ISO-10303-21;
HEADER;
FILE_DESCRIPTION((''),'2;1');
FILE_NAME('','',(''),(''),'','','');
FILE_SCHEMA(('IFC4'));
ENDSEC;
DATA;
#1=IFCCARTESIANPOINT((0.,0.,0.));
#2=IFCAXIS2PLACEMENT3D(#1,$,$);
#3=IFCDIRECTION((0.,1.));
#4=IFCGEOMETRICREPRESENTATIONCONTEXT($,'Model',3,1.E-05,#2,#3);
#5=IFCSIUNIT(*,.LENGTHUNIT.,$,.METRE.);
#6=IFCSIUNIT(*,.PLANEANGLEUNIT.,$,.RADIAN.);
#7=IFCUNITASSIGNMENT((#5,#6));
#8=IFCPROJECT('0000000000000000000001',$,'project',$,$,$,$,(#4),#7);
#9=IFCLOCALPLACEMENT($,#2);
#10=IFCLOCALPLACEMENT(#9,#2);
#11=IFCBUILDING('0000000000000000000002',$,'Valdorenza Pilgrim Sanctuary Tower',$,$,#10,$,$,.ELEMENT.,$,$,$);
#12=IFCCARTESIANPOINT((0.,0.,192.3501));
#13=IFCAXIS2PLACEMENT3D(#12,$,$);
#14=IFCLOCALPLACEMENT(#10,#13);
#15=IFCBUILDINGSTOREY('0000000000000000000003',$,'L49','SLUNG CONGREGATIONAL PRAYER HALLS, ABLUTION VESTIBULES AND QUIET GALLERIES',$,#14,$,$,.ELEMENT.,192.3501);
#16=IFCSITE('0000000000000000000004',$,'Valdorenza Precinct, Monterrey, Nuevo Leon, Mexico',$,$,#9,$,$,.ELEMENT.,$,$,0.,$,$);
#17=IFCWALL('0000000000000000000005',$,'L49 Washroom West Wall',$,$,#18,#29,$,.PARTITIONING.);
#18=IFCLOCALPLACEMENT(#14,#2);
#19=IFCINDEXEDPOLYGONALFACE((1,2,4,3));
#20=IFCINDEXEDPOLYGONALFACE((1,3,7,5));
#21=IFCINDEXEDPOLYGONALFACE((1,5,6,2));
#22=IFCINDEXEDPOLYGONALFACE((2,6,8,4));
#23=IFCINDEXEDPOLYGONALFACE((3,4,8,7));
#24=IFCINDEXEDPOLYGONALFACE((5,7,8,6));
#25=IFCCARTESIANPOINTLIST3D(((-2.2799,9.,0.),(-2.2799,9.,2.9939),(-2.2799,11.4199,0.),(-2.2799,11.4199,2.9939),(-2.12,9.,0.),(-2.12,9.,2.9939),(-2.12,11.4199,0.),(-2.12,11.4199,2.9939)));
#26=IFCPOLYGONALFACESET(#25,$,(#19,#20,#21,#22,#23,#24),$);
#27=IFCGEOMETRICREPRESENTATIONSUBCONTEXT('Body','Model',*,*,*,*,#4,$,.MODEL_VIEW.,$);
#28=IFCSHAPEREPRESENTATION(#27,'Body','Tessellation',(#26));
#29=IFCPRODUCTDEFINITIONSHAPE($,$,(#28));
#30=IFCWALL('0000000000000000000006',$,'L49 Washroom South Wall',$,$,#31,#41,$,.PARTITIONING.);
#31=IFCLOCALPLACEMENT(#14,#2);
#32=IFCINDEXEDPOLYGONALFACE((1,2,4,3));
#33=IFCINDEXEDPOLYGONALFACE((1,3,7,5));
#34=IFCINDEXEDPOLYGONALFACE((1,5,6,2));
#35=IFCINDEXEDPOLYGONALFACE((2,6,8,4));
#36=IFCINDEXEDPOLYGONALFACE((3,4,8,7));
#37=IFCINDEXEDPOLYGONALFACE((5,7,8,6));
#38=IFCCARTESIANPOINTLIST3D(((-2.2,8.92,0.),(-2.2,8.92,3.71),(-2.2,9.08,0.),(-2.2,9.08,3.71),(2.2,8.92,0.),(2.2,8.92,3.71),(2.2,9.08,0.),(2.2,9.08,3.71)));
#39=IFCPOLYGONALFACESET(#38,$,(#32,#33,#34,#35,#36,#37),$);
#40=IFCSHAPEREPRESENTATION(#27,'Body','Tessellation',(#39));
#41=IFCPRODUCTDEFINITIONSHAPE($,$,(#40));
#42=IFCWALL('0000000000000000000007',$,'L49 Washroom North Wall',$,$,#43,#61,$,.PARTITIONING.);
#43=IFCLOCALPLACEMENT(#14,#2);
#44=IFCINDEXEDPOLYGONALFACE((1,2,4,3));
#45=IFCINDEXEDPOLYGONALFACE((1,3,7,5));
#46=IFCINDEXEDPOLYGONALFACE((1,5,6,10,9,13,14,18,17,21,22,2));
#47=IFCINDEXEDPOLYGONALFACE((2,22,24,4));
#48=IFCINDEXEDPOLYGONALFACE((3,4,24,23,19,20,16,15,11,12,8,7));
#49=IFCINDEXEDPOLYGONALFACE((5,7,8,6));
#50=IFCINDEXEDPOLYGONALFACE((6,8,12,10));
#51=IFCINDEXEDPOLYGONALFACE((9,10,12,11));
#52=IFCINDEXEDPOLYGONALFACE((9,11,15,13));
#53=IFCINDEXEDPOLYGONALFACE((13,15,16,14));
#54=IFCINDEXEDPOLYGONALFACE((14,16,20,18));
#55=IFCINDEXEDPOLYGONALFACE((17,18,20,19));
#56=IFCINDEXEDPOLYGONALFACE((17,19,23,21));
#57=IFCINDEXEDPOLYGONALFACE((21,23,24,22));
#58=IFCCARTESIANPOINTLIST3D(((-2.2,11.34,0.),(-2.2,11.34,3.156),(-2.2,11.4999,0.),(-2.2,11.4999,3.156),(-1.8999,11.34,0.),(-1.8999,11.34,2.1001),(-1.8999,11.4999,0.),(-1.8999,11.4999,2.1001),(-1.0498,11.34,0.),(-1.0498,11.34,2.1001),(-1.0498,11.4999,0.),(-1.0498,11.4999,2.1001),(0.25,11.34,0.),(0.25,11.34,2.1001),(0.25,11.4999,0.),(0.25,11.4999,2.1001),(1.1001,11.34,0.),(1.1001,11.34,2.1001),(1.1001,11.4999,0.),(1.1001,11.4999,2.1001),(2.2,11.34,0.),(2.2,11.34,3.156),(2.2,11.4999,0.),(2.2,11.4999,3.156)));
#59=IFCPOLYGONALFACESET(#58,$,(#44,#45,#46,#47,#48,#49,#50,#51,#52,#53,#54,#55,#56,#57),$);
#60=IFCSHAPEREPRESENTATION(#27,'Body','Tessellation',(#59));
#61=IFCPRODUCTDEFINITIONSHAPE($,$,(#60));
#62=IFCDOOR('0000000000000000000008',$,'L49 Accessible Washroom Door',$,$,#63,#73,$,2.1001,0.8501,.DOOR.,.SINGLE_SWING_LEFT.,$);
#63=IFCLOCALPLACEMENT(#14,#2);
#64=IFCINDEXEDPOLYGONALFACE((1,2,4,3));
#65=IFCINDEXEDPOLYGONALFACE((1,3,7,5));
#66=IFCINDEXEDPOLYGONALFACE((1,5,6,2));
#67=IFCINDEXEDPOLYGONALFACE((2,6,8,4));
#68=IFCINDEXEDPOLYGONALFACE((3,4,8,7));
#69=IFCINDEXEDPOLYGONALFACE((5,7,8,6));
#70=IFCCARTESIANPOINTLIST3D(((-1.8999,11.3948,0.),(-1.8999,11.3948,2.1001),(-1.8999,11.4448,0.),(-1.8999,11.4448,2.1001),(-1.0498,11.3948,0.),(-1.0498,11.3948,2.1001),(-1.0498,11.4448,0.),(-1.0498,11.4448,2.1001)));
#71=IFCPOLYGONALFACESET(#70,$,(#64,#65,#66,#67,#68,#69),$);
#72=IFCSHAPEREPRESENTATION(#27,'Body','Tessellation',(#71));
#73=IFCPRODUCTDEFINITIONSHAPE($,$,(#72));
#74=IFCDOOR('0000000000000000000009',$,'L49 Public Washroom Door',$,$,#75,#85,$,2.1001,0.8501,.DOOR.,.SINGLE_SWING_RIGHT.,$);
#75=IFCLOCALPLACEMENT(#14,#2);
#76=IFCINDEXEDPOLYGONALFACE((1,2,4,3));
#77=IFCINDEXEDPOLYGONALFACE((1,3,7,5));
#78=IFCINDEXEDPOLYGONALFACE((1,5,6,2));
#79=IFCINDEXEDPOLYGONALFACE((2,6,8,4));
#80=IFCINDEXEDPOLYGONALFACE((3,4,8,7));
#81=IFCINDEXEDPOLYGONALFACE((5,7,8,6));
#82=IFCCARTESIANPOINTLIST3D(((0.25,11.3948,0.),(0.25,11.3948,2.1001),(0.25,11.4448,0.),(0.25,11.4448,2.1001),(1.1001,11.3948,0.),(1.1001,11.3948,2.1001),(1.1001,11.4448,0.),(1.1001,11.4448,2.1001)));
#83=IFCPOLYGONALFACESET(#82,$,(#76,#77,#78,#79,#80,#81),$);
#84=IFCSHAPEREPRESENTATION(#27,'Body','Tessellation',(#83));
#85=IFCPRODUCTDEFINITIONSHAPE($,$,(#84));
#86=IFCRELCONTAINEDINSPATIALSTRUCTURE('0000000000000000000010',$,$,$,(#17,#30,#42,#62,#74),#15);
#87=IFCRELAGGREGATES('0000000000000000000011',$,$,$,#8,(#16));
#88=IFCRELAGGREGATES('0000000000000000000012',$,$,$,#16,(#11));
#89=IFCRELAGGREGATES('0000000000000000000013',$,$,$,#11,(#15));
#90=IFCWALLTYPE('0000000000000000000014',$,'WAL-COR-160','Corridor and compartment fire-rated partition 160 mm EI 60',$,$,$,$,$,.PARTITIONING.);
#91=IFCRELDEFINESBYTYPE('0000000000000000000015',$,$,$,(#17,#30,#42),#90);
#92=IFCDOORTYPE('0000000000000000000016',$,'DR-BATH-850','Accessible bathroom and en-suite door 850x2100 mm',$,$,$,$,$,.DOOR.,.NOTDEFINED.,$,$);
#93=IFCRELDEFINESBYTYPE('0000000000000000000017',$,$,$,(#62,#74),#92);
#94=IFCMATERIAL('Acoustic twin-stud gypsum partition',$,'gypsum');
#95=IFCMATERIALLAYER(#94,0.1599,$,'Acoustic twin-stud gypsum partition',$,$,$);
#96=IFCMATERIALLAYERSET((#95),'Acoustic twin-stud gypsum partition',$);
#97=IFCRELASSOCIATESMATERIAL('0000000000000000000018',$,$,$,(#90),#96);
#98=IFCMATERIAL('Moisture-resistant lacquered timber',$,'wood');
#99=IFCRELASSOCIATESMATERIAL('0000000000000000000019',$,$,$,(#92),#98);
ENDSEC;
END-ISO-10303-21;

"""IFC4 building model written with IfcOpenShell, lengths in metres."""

from ifc_helpers import new_model, si_unit, direction, frame, frame_2d, origin, place, context, subcontext, project, spatial, rectangle, extrude, material, layer, layer_set, type_object, element, fill, save


model = new_model("IFC4")

# Units and contexts
model_context = context("Model", 3, precision=1e-05, world=origin(), true_north=direction((0.0, 1.0)))
body_context = subcontext(model_context, "Body", "Model", "MODEL_VIEW")
ifc_project = project(units=[si_unit("LENGTHUNIT", "METRE"), si_unit("PLANEANGLEUNIT", "RADIAN")], contexts=[model_context])

# Site, building, storey
site_placement = place(None, origin())
site = spatial("IfcSite", under=ifc_project, at=site_placement, Name="Valdorenza Precinct, Monterrey, Nuevo Leon, Mexico", CompositionType="ELEMENT", RefElevation=0.0)
building_placement = place(site_placement, origin())
building = spatial("IfcBuilding", under=site, at=building_placement, Name="Valdorenza Pilgrim Sanctuary Tower", CompositionType="ELEMENT")
storey_placement = place(building_placement, frame((0.0, 0.0, 192.3501)))
storey = spatial("IfcBuildingStorey", under=building, at=storey_placement, Name="L49", Description="SLUNG CONGREGATIONAL PRAYER HALLS, ABLUTION VESTIBULES AND QUIET GALLERIES", CompositionType="ELEMENT", Elevation=192.3501)

# Walls
ifc_material_1 = material(Name="Acoustic twin-stud gypsum partition", Category="gypsum")
ifc_layer_1 = layer(ifc_material_1, 0.1599, Name="Acoustic twin-stud gypsum partition")
ifc_layer_set_1 = layer_set([ifc_layer_1], Name="Acoustic twin-stud gypsum partition")
wall_type = type_object("IfcWallType", Name="WAL-COR-160", Description="Corridor and compartment fire-rated partition 160 mm EI 60", PredefinedType="PARTITIONING", material=ifc_layer_set_1)
wall_1_placement = place(storey_placement, frame((-2.2, 9.0, 0.0), z_axis=(0.0, 0.0, 1.0), x_axis=(0.0, 1.0, 0.0)))
element("IfcWall", 1, at=wall_1_placement, inside=storey, type_object=wall_type, Name="L49 Washroom West Wall", PredefinedType="PARTITIONING", context=body_context, shape_type="SweptSolid", body=[
    extrude(rectangle(XDim=2.4199, YDim=0.1599, at=frame_2d((1.21, 0.0))), origin(), (0.0, 0.0, 1.0), 2.9939),
])
wall_2_placement = place(storey_placement, frame((-2.2, 9.0, 0.0), z_axis=(0.0, 0.0, 1.0), x_axis=(1.0, 0.0, 0.0)))
element("IfcWall", 2, at=wall_2_placement, inside=storey, type_object=wall_type, Name="L49 Washroom South Wall", PredefinedType="PARTITIONING", context=body_context, shape_type="SweptSolid", body=[
    extrude(rectangle(XDim=4.3999, YDim=0.1599, at=frame_2d((2.2, 0.0))), origin(), (0.0, 0.0, 1.0), 3.71),
])

# Wall, openings, doors
wall_3_placement = place(storey_placement, frame((-2.2, 11.4199, 0.0), z_axis=(0.0, 0.0, 1.0), x_axis=(1.0, 0.0, 0.0)))
wall_3 = element("IfcWall", 3, at=wall_3_placement, inside=storey, type_object=wall_type, Name="L49 Washroom North Wall", PredefinedType="PARTITIONING", context=body_context, shape_type="SweptSolid", body=[
    extrude(rectangle(XDim=4.3999, YDim=0.1599, at=frame_2d((2.2, 0.0))), origin(), (0.0, 0.0, 1.0), 3.156),
])
opening_1_placement = place(wall_3_placement, frame((0.3, 0.0, 0.0)))
opening_1 = element("IfcOpeningElement", 4, at=opening_1_placement, cuts=wall_3, PredefinedType="OPENING", context=body_context, shape_type="SweptSolid", body=[
    extrude(rectangle(XDim=0.8501, YDim=2.1001, at=frame_2d((0.425, 1.05))), frame((0.0, 0.0947, 0.0), z_axis=(0.0, -1.0, 0.0), x_axis=(1.0, 0.0, 0.0)), (0.0, 0.0, 1.0), 0.1897),
])
opening_2_placement = place(wall_3_placement, frame((2.45, 0.0, 0.0)))
opening_2 = element("IfcOpeningElement", 5, at=opening_2_placement, cuts=wall_3, PredefinedType="OPENING", context=body_context, shape_type="SweptSolid", body=[
    extrude(rectangle(XDim=0.8501, YDim=2.1001, at=frame_2d((0.425, 1.05))), frame((0.0, 0.0947, 0.0), z_axis=(0.0, -1.0, 0.0), x_axis=(1.0, 0.0, 0.0)), (0.0, 0.0, 1.0), 0.1897),
])
ifc_material_2 = material(Name="Moisture-resistant lacquered timber", Category="wood")
door_type = type_object("IfcDoorType", Name="DR-BATH-850", Description="Accessible bathroom and en-suite door 850x2100 mm", OperationType="NOTDEFINED", PredefinedType="DOOR", material=ifc_material_2)
door_1_placement = place(opening_1_placement, origin())
door_1 = element("IfcDoor", 6, at=door_1_placement, inside=storey, type_object=door_type, Name="L49 Accessible Washroom Door", OperationType="SINGLE_SWING_LEFT", OverallHeight=2.1001, OverallWidth=0.8501, PredefinedType="DOOR", context=body_context, shape_type="SweptSolid", body=[
    extrude(rectangle(XDim=0.8501, YDim=2.1001, at=frame_2d((0.425, 1.05))), frame((0.0, 0.0249, 0.0), z_axis=(0.0, -1.0, 0.0), x_axis=(1.0, 0.0, 0.0)), (0.0, 0.0, 1.0), 0.05),
])
fill(opening_1, door_1)
door_2_placement = place(opening_2_placement, origin())
door_2 = element("IfcDoor", 7, at=door_2_placement, inside=storey, type_object=door_type, Name="L49 Public Washroom Door", OperationType="SINGLE_SWING_RIGHT", OverallHeight=2.1001, OverallWidth=0.8501, PredefinedType="DOOR", context=body_context, shape_type="SweptSolid", body=[
    extrude(rectangle(XDim=0.8501, YDim=2.1001, at=frame_2d((0.425, 1.05))), frame((0.0, 0.0249, 0.0), z_axis=(0.0, -1.0, 0.0), x_axis=(1.0, 0.0, 0.0)), (0.0, 0.0, 1.0), 0.05),
])
fill(opening_2, door_2)

save(model, "model.ifc")
